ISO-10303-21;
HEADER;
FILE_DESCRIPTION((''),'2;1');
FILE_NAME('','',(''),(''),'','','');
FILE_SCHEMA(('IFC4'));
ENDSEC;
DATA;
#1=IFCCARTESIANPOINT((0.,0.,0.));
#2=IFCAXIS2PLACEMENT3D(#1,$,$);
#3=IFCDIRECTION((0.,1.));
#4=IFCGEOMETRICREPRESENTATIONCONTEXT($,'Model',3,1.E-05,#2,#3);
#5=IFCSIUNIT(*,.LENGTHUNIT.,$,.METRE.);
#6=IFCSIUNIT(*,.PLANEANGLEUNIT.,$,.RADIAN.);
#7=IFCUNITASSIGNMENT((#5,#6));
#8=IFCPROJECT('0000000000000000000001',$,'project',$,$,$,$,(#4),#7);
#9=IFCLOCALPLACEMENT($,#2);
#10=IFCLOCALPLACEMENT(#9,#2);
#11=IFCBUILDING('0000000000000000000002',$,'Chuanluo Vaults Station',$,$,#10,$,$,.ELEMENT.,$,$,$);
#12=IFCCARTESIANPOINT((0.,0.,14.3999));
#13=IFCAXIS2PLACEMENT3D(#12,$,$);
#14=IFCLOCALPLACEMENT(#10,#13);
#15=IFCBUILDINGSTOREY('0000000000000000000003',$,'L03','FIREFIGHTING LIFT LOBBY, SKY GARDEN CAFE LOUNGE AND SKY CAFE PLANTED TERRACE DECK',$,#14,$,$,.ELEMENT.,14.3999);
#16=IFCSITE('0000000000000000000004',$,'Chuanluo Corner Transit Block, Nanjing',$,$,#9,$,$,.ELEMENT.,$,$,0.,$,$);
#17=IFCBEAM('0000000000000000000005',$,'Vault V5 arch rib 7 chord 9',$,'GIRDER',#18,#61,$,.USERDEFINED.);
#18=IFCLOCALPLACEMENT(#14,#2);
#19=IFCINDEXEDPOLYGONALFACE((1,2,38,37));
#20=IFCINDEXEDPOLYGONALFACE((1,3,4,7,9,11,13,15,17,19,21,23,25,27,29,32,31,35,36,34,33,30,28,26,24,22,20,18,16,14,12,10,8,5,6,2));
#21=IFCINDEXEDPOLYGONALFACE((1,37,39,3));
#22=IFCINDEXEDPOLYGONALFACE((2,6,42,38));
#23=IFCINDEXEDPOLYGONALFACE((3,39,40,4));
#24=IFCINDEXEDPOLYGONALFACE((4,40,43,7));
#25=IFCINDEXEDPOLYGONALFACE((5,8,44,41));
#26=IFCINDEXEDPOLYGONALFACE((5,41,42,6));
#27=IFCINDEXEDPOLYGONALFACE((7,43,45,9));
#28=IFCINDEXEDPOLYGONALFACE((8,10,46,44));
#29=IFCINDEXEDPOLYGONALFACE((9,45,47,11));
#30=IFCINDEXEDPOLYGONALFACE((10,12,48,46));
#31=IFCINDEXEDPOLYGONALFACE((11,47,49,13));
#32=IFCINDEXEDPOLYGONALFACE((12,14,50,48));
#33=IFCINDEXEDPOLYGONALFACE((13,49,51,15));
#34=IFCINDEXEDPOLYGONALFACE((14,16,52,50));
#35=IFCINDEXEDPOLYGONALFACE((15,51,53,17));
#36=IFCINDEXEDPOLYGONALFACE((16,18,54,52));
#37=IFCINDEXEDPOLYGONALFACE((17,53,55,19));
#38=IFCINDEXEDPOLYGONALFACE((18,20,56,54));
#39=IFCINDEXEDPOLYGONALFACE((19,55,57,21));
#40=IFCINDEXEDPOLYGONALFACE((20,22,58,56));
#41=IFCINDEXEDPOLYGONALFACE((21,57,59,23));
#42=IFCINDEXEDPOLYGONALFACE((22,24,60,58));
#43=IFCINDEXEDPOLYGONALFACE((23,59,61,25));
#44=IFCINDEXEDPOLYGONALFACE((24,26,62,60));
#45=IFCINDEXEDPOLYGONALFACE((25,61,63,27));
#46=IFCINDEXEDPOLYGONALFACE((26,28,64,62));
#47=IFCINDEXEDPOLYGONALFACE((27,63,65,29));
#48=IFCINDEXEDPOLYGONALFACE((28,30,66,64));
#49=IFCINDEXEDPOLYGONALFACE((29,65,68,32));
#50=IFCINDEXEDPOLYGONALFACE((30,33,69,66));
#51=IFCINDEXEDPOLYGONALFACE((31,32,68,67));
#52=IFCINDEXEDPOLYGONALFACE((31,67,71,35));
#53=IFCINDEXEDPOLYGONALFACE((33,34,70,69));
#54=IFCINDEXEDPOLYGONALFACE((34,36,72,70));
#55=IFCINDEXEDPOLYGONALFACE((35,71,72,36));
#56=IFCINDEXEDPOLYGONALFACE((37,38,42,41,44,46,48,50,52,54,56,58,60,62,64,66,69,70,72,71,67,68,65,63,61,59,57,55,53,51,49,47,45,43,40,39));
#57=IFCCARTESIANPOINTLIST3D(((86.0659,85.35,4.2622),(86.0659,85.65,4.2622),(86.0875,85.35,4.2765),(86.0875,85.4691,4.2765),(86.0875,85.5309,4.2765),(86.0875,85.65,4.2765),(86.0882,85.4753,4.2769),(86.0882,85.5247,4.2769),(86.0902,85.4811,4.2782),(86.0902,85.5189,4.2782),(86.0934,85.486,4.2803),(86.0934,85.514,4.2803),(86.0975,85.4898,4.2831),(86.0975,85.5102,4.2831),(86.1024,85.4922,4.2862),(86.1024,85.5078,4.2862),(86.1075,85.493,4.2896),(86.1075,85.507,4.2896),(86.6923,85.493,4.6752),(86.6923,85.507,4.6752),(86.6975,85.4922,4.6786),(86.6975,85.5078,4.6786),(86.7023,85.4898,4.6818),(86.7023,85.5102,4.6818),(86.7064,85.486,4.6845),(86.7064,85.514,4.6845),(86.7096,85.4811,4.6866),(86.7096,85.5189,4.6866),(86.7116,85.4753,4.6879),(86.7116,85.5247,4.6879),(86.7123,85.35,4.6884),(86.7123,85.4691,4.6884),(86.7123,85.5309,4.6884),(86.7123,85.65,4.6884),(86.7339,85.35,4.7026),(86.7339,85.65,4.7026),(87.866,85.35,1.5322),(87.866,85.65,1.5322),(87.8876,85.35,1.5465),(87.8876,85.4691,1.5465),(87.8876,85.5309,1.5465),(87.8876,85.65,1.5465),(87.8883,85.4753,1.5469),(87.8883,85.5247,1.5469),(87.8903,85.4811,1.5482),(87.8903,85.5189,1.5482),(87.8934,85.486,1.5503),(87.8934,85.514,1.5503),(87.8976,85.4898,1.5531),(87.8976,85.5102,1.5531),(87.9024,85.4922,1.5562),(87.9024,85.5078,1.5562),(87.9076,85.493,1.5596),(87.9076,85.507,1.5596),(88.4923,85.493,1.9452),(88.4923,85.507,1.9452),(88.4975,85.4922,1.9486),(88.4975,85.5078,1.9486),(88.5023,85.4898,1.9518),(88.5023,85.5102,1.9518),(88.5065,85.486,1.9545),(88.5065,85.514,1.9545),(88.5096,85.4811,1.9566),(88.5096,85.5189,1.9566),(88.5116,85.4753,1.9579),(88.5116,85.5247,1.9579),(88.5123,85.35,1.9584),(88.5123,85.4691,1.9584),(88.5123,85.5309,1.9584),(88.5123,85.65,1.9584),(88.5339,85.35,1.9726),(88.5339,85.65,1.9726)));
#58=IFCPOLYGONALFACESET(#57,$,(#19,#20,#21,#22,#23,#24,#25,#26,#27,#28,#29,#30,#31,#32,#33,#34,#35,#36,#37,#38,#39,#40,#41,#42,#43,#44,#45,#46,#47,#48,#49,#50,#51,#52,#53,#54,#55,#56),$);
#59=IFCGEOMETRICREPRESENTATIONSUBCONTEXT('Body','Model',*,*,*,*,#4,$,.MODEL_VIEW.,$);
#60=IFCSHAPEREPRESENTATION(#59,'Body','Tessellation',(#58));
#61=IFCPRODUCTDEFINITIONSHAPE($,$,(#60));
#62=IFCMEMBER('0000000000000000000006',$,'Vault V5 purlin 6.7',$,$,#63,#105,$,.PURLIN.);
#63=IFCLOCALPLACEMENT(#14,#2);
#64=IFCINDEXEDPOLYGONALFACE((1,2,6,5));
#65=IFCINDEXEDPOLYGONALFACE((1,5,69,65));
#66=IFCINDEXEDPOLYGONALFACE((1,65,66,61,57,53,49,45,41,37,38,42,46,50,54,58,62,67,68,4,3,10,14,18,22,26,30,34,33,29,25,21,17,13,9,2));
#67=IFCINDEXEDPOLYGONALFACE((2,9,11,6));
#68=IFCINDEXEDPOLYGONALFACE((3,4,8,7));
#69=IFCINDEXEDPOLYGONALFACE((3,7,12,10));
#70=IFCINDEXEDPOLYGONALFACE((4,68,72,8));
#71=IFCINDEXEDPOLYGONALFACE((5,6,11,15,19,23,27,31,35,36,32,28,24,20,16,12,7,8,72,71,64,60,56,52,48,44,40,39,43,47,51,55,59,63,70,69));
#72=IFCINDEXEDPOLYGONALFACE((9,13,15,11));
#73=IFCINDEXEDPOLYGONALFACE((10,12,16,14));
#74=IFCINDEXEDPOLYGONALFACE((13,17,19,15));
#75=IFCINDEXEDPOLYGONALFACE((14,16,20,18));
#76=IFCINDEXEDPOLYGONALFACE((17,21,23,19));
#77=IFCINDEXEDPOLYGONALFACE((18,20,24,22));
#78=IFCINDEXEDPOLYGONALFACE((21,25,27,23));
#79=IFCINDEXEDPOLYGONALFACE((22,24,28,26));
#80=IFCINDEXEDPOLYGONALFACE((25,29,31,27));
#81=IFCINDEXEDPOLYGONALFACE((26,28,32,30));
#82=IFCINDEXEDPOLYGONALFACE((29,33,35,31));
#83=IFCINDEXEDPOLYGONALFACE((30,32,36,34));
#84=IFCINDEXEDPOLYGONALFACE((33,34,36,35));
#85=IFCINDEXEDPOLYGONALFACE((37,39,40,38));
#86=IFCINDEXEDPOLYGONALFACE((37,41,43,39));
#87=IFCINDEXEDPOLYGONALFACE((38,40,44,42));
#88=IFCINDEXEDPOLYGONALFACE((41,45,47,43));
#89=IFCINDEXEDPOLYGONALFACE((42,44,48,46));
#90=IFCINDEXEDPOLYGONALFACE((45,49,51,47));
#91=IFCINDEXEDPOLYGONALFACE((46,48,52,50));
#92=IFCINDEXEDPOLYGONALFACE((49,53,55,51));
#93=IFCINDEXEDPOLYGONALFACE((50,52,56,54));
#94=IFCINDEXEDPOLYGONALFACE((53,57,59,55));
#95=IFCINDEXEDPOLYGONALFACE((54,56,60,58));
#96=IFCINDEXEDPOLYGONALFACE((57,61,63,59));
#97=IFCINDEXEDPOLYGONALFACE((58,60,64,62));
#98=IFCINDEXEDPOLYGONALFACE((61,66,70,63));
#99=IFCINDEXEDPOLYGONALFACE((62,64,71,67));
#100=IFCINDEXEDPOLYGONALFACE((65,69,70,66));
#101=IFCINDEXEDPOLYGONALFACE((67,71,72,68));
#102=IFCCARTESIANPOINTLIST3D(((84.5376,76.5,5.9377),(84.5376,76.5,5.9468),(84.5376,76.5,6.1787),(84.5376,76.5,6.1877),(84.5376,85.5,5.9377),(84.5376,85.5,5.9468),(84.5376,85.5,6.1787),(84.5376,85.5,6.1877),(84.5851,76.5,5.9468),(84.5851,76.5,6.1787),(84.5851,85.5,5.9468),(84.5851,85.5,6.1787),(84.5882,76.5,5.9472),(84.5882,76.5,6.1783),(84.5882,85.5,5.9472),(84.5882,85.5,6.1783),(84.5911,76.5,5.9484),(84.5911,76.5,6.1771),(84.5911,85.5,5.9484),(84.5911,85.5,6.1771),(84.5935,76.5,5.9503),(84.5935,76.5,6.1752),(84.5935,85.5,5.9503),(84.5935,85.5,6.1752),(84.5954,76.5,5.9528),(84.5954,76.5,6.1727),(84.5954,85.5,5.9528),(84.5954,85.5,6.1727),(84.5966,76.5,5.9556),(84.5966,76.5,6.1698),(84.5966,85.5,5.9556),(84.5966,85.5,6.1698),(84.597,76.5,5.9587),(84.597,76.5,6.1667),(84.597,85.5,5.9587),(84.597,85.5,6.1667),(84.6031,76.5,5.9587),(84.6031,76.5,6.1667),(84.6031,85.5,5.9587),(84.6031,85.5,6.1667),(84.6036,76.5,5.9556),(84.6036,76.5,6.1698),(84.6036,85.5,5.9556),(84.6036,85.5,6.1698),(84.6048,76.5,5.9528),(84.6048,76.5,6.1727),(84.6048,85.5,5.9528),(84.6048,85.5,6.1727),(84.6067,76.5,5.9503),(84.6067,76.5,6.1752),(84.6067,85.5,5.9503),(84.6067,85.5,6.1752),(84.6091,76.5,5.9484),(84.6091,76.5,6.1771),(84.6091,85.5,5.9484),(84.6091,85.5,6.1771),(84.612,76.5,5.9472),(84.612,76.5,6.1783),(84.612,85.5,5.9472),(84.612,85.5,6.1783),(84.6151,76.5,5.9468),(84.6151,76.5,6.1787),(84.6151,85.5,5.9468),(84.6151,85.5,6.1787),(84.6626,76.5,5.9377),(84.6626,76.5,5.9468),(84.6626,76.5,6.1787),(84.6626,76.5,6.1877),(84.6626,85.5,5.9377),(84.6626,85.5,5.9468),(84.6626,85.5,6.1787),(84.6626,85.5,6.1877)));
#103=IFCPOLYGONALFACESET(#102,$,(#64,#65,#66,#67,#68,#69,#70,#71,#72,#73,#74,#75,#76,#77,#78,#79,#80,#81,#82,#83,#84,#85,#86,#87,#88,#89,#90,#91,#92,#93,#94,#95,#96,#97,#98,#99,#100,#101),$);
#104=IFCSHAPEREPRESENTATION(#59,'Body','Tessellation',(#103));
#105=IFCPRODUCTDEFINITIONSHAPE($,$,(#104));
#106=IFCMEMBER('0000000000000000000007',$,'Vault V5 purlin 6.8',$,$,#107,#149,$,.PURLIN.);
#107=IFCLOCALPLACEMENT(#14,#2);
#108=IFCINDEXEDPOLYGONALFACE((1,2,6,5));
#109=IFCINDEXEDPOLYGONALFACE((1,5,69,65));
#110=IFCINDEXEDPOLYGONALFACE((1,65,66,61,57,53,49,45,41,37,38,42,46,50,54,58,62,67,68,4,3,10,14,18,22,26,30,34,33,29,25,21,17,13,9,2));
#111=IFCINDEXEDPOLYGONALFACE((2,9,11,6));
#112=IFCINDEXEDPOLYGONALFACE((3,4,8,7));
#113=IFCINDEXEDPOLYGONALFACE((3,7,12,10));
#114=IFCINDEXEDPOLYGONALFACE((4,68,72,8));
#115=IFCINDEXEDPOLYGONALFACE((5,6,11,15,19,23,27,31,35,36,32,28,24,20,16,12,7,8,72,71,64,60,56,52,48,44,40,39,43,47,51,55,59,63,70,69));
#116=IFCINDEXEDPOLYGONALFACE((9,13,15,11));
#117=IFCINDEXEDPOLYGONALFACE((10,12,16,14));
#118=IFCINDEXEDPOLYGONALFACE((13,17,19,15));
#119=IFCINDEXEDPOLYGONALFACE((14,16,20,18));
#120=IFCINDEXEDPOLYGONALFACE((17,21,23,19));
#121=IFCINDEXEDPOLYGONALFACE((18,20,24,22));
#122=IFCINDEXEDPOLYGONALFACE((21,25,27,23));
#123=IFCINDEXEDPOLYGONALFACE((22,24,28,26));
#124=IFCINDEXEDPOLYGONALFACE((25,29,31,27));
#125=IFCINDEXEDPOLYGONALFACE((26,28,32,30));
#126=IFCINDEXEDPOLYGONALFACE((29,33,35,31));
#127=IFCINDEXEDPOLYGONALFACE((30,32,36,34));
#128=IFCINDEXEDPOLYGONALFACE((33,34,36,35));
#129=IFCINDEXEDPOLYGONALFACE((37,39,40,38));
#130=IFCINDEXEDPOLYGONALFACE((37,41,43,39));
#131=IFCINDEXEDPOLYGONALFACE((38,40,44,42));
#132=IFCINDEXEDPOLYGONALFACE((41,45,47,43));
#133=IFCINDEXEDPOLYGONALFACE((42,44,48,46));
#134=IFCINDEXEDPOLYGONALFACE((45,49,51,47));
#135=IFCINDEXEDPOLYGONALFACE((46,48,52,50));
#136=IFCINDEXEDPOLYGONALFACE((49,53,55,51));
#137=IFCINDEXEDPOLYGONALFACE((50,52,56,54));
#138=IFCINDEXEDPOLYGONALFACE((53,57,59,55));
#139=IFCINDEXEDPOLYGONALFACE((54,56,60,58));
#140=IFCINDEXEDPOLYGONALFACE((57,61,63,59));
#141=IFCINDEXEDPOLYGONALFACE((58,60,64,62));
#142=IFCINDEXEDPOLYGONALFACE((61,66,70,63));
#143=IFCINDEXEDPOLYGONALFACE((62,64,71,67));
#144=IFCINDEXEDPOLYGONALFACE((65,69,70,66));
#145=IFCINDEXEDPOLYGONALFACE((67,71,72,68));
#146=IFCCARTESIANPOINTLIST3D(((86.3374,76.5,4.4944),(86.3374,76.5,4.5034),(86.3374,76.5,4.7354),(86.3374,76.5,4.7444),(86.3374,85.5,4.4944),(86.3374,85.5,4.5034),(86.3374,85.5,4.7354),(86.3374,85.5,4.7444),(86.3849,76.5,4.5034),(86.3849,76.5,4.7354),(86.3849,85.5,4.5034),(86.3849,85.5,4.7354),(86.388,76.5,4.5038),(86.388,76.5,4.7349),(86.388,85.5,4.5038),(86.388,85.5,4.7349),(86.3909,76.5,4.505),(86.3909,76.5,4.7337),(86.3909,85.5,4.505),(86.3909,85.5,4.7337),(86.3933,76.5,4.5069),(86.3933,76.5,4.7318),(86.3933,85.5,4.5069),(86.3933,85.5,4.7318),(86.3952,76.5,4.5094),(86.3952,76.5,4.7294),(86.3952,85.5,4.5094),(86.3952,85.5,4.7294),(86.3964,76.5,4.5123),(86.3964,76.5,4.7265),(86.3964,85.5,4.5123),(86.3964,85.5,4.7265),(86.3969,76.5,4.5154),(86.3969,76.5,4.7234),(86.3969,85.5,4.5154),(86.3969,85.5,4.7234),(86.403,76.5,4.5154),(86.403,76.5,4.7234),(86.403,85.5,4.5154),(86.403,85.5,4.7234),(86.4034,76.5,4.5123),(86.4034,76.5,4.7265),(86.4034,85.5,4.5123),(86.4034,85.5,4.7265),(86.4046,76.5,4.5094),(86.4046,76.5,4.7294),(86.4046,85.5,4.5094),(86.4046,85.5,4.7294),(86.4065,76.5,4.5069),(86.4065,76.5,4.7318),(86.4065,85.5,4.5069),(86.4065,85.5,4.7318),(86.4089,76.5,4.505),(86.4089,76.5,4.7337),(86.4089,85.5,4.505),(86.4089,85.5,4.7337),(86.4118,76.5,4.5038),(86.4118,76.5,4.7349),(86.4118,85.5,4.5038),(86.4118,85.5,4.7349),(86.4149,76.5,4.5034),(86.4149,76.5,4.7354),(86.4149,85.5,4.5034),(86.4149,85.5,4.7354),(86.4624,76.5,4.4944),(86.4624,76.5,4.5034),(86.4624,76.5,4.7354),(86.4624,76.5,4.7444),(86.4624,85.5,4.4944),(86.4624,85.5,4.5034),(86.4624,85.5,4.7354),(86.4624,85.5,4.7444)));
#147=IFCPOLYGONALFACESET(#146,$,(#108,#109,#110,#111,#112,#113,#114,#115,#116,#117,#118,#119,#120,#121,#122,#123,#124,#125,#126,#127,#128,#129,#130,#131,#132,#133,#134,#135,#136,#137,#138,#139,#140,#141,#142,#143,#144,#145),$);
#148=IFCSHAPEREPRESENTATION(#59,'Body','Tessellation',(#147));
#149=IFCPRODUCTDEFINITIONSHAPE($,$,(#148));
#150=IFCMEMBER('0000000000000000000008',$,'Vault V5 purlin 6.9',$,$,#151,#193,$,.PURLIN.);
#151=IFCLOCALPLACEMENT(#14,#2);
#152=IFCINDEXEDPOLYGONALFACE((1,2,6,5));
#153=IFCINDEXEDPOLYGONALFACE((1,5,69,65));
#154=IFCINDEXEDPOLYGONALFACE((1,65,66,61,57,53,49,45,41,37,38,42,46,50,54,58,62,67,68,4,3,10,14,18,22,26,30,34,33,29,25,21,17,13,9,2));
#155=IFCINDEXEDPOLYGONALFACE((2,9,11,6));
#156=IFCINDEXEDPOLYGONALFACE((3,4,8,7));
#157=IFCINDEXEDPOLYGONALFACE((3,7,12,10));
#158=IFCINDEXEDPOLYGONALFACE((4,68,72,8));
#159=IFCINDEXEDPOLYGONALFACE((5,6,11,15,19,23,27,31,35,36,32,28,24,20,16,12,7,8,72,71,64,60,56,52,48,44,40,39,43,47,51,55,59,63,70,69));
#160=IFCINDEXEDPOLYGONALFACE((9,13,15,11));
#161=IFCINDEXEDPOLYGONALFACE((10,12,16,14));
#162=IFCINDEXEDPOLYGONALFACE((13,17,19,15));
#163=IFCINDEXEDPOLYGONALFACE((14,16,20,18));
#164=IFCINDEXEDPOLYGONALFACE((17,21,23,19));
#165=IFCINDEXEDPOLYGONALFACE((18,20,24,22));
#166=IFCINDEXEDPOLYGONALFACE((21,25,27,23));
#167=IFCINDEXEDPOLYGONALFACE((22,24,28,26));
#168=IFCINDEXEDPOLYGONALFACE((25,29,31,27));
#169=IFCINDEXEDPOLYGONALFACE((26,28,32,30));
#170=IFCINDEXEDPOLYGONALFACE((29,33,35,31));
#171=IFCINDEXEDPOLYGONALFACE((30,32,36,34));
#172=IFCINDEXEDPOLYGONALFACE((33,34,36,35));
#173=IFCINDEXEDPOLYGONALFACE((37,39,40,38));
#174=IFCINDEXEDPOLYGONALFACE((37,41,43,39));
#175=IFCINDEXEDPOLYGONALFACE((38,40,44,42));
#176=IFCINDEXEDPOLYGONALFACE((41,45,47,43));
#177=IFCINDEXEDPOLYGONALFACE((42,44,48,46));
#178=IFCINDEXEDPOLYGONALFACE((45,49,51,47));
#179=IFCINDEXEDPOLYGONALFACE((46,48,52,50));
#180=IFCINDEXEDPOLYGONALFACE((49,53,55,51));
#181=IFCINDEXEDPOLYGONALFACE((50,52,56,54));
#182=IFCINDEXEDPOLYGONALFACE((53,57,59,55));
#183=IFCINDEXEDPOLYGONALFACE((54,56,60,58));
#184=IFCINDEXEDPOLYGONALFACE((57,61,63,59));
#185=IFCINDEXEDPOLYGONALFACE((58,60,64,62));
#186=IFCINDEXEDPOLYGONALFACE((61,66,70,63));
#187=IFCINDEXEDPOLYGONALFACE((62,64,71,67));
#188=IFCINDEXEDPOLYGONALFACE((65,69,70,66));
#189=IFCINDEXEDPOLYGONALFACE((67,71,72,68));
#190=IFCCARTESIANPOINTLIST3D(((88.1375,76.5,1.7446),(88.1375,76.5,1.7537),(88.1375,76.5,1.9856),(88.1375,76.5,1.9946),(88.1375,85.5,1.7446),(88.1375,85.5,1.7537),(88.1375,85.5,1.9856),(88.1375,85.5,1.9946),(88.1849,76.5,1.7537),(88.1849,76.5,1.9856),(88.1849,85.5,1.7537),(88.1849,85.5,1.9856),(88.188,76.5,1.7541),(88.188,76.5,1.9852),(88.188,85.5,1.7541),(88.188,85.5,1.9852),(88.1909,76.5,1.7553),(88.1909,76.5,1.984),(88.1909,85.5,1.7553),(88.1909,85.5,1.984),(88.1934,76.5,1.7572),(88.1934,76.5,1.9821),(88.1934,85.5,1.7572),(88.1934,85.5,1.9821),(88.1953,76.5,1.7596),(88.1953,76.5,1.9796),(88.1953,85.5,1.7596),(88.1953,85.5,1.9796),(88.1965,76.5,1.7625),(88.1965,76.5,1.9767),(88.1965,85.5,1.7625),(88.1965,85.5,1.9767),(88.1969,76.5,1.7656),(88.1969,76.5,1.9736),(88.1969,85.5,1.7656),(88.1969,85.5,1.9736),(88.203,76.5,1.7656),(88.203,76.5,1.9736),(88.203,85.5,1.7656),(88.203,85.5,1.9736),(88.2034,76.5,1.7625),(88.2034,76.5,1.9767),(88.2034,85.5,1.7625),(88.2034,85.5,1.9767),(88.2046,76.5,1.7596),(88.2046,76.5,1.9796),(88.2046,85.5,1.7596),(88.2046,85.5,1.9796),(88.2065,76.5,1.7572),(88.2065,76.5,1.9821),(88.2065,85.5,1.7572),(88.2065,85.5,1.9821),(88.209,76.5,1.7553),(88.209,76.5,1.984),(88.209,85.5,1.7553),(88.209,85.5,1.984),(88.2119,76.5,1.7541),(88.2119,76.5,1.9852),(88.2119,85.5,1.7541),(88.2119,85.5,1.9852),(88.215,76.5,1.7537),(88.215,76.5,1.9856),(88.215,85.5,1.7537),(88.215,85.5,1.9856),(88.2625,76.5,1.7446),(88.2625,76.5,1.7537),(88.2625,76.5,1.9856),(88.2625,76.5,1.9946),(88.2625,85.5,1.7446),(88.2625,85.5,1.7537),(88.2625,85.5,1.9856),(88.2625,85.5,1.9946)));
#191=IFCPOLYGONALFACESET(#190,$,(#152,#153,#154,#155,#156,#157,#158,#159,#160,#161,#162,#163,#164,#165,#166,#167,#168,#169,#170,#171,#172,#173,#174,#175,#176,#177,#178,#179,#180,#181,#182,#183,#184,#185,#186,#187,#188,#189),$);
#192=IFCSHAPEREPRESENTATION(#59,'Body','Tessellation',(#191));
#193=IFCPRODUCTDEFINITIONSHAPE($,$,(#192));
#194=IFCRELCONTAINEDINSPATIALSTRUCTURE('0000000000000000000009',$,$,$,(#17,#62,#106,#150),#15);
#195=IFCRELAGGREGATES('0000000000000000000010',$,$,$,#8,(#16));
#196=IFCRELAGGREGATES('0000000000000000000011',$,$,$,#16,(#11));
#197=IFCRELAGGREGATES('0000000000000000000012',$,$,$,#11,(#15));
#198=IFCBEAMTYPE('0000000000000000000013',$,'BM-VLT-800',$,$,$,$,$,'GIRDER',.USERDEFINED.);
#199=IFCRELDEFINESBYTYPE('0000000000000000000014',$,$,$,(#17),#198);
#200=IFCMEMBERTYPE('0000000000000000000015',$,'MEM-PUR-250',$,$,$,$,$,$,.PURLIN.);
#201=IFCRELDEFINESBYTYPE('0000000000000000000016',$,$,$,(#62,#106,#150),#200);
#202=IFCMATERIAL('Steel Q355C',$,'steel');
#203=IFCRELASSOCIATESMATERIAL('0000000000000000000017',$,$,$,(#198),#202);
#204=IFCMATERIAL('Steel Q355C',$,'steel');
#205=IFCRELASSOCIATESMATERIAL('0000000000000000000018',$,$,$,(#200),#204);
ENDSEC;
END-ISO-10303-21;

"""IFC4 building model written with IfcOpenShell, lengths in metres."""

from ifc_helpers import new_model, si_unit, direction, frame, origin, origin_2d, place, context, subcontext, project, spatial, i_section, extrude, material, material_profile, profile_set, type_object, element, save


model = new_model("IFC4")

# Units and contexts
model_context = context("Model", 3, precision=1e-05, world=origin(), true_north=direction((0.0, 1.0)))
body_context = subcontext(model_context, "Body", "Model", "MODEL_VIEW")
ifc_project = project(units=[si_unit("LENGTHUNIT", "METRE"), si_unit("PLANEANGLEUNIT", "RADIAN")], contexts=[model_context])

# Site, building, storey
site_placement = place(None, origin())
site = spatial("IfcSite", under=ifc_project, at=site_placement, Name="Chuanluo Corner Transit Block, Nanjing", CompositionType="ELEMENT", RefElevation=0.0)
building_placement = place(site_placement, origin())
building = spatial("IfcBuilding", under=site, at=building_placement, Name="Chuanluo Vaults Station", CompositionType="ELEMENT")
storey_placement = place(building_placement, frame((0.0, 0.0, 14.3999)))
storey = spatial("IfcBuildingStorey", under=building, at=storey_placement, Name="L03", Description="FIREFIGHTING LIFT LOBBY, SKY GARDEN CAFE LOUNGE AND SKY CAFE PLANTED TERRACE DECK", CompositionType="ELEMENT", Elevation=14.3999)

# Beam
ifc_material_1 = material(Name="Steel Q355C", Category="steel")
ifc_material_profile_1 = material_profile(ifc_material_1, i_section(OverallWidth=0.3, OverallDepth=0.8, WebThickness=0.0139, FlangeThickness=0.0259, FilletRadius=0.0239, at=origin_2d()))
ifc_profile_set_1 = profile_set([ifc_material_profile_1], Name="Steel Q355C")
beam_type = type_object("IfcBeamType", Name="BM-VLT-800", ElementType="GIRDER", PredefinedType="USERDEFINED", material=ifc_profile_set_1)
beam_1_placement = place(storey_placement, frame((86.3999, 85.5, 4.4824), z_axis=(0.550472, 0.0, -0.834854), x_axis=(0.0, 1.0, 0.0)))
element("IfcBeam", 1, at=beam_1_placement, inside=storey, type_object=beam_type, Name="Vault V5 arch rib 7 chord 9", ObjectType="GIRDER", PredefinedType="USERDEFINED", context=body_context, shape_type="SweptSolid", body=[
    extrude(i_section(OverallWidth=0.3, OverallDepth=0.8, WebThickness=0.0139, FlangeThickness=0.0259, FilletRadius=0.0239, at=origin_2d()), origin(), (0.0, 0.0, 1.0), 3.27),
])

# Members
ifc_material_2 = material(Name="Steel Q355C", Category="steel")
ifc_material_profile_2 = material_profile(ifc_material_2, i_section(OverallWidth=0.125, OverallDepth=0.25, WebThickness=0.0061, FlangeThickness=0.009, FilletRadius=0.012, at=origin_2d()))
ifc_profile_set_2 = profile_set([ifc_material_profile_2], Name="Steel Q355C")
member_type_1 = type_object("IfcMemberType", Name="MEM-PUR-250", PredefinedType="PURLIN", material=ifc_profile_set_2)
for number, where, z_axis, x_axis, name in (
    (2, (84.6001, 76.5, 6.0627), (0.0, 1.0, 0.0), (-1.0, 0.0, 0.0), "Vault V5 purlin 6.7"),
    (3, (86.3999, 76.5, 4.6194), (0.0, 1.0, 0.0), (-1.0, 0.0, 0.0), "Vault V5 purlin 6.8"),
    (4, (88.2, 76.5, 1.8696), (0.0, 1.0, 0.0), (-1.0, 0.0, 0.0), "Vault V5 purlin 6.9"),
):
    element("IfcMember", number, at=place(storey_placement, frame(where, z_axis=z_axis, x_axis=x_axis)), inside=storey, type_object=member_type_1, Name=name, PredefinedType="PURLIN", context=body_context, shape_type="SweptSolid", body=[
        extrude(i_section(OverallWidth=0.125, OverallDepth=0.25, WebThickness=0.0061, FlangeThickness=0.009, FilletRadius=0.012, at=origin_2d()), origin(), (0.0, 0.0, 1.0), 9.0),
    ])

save(model, "model.ifc")
